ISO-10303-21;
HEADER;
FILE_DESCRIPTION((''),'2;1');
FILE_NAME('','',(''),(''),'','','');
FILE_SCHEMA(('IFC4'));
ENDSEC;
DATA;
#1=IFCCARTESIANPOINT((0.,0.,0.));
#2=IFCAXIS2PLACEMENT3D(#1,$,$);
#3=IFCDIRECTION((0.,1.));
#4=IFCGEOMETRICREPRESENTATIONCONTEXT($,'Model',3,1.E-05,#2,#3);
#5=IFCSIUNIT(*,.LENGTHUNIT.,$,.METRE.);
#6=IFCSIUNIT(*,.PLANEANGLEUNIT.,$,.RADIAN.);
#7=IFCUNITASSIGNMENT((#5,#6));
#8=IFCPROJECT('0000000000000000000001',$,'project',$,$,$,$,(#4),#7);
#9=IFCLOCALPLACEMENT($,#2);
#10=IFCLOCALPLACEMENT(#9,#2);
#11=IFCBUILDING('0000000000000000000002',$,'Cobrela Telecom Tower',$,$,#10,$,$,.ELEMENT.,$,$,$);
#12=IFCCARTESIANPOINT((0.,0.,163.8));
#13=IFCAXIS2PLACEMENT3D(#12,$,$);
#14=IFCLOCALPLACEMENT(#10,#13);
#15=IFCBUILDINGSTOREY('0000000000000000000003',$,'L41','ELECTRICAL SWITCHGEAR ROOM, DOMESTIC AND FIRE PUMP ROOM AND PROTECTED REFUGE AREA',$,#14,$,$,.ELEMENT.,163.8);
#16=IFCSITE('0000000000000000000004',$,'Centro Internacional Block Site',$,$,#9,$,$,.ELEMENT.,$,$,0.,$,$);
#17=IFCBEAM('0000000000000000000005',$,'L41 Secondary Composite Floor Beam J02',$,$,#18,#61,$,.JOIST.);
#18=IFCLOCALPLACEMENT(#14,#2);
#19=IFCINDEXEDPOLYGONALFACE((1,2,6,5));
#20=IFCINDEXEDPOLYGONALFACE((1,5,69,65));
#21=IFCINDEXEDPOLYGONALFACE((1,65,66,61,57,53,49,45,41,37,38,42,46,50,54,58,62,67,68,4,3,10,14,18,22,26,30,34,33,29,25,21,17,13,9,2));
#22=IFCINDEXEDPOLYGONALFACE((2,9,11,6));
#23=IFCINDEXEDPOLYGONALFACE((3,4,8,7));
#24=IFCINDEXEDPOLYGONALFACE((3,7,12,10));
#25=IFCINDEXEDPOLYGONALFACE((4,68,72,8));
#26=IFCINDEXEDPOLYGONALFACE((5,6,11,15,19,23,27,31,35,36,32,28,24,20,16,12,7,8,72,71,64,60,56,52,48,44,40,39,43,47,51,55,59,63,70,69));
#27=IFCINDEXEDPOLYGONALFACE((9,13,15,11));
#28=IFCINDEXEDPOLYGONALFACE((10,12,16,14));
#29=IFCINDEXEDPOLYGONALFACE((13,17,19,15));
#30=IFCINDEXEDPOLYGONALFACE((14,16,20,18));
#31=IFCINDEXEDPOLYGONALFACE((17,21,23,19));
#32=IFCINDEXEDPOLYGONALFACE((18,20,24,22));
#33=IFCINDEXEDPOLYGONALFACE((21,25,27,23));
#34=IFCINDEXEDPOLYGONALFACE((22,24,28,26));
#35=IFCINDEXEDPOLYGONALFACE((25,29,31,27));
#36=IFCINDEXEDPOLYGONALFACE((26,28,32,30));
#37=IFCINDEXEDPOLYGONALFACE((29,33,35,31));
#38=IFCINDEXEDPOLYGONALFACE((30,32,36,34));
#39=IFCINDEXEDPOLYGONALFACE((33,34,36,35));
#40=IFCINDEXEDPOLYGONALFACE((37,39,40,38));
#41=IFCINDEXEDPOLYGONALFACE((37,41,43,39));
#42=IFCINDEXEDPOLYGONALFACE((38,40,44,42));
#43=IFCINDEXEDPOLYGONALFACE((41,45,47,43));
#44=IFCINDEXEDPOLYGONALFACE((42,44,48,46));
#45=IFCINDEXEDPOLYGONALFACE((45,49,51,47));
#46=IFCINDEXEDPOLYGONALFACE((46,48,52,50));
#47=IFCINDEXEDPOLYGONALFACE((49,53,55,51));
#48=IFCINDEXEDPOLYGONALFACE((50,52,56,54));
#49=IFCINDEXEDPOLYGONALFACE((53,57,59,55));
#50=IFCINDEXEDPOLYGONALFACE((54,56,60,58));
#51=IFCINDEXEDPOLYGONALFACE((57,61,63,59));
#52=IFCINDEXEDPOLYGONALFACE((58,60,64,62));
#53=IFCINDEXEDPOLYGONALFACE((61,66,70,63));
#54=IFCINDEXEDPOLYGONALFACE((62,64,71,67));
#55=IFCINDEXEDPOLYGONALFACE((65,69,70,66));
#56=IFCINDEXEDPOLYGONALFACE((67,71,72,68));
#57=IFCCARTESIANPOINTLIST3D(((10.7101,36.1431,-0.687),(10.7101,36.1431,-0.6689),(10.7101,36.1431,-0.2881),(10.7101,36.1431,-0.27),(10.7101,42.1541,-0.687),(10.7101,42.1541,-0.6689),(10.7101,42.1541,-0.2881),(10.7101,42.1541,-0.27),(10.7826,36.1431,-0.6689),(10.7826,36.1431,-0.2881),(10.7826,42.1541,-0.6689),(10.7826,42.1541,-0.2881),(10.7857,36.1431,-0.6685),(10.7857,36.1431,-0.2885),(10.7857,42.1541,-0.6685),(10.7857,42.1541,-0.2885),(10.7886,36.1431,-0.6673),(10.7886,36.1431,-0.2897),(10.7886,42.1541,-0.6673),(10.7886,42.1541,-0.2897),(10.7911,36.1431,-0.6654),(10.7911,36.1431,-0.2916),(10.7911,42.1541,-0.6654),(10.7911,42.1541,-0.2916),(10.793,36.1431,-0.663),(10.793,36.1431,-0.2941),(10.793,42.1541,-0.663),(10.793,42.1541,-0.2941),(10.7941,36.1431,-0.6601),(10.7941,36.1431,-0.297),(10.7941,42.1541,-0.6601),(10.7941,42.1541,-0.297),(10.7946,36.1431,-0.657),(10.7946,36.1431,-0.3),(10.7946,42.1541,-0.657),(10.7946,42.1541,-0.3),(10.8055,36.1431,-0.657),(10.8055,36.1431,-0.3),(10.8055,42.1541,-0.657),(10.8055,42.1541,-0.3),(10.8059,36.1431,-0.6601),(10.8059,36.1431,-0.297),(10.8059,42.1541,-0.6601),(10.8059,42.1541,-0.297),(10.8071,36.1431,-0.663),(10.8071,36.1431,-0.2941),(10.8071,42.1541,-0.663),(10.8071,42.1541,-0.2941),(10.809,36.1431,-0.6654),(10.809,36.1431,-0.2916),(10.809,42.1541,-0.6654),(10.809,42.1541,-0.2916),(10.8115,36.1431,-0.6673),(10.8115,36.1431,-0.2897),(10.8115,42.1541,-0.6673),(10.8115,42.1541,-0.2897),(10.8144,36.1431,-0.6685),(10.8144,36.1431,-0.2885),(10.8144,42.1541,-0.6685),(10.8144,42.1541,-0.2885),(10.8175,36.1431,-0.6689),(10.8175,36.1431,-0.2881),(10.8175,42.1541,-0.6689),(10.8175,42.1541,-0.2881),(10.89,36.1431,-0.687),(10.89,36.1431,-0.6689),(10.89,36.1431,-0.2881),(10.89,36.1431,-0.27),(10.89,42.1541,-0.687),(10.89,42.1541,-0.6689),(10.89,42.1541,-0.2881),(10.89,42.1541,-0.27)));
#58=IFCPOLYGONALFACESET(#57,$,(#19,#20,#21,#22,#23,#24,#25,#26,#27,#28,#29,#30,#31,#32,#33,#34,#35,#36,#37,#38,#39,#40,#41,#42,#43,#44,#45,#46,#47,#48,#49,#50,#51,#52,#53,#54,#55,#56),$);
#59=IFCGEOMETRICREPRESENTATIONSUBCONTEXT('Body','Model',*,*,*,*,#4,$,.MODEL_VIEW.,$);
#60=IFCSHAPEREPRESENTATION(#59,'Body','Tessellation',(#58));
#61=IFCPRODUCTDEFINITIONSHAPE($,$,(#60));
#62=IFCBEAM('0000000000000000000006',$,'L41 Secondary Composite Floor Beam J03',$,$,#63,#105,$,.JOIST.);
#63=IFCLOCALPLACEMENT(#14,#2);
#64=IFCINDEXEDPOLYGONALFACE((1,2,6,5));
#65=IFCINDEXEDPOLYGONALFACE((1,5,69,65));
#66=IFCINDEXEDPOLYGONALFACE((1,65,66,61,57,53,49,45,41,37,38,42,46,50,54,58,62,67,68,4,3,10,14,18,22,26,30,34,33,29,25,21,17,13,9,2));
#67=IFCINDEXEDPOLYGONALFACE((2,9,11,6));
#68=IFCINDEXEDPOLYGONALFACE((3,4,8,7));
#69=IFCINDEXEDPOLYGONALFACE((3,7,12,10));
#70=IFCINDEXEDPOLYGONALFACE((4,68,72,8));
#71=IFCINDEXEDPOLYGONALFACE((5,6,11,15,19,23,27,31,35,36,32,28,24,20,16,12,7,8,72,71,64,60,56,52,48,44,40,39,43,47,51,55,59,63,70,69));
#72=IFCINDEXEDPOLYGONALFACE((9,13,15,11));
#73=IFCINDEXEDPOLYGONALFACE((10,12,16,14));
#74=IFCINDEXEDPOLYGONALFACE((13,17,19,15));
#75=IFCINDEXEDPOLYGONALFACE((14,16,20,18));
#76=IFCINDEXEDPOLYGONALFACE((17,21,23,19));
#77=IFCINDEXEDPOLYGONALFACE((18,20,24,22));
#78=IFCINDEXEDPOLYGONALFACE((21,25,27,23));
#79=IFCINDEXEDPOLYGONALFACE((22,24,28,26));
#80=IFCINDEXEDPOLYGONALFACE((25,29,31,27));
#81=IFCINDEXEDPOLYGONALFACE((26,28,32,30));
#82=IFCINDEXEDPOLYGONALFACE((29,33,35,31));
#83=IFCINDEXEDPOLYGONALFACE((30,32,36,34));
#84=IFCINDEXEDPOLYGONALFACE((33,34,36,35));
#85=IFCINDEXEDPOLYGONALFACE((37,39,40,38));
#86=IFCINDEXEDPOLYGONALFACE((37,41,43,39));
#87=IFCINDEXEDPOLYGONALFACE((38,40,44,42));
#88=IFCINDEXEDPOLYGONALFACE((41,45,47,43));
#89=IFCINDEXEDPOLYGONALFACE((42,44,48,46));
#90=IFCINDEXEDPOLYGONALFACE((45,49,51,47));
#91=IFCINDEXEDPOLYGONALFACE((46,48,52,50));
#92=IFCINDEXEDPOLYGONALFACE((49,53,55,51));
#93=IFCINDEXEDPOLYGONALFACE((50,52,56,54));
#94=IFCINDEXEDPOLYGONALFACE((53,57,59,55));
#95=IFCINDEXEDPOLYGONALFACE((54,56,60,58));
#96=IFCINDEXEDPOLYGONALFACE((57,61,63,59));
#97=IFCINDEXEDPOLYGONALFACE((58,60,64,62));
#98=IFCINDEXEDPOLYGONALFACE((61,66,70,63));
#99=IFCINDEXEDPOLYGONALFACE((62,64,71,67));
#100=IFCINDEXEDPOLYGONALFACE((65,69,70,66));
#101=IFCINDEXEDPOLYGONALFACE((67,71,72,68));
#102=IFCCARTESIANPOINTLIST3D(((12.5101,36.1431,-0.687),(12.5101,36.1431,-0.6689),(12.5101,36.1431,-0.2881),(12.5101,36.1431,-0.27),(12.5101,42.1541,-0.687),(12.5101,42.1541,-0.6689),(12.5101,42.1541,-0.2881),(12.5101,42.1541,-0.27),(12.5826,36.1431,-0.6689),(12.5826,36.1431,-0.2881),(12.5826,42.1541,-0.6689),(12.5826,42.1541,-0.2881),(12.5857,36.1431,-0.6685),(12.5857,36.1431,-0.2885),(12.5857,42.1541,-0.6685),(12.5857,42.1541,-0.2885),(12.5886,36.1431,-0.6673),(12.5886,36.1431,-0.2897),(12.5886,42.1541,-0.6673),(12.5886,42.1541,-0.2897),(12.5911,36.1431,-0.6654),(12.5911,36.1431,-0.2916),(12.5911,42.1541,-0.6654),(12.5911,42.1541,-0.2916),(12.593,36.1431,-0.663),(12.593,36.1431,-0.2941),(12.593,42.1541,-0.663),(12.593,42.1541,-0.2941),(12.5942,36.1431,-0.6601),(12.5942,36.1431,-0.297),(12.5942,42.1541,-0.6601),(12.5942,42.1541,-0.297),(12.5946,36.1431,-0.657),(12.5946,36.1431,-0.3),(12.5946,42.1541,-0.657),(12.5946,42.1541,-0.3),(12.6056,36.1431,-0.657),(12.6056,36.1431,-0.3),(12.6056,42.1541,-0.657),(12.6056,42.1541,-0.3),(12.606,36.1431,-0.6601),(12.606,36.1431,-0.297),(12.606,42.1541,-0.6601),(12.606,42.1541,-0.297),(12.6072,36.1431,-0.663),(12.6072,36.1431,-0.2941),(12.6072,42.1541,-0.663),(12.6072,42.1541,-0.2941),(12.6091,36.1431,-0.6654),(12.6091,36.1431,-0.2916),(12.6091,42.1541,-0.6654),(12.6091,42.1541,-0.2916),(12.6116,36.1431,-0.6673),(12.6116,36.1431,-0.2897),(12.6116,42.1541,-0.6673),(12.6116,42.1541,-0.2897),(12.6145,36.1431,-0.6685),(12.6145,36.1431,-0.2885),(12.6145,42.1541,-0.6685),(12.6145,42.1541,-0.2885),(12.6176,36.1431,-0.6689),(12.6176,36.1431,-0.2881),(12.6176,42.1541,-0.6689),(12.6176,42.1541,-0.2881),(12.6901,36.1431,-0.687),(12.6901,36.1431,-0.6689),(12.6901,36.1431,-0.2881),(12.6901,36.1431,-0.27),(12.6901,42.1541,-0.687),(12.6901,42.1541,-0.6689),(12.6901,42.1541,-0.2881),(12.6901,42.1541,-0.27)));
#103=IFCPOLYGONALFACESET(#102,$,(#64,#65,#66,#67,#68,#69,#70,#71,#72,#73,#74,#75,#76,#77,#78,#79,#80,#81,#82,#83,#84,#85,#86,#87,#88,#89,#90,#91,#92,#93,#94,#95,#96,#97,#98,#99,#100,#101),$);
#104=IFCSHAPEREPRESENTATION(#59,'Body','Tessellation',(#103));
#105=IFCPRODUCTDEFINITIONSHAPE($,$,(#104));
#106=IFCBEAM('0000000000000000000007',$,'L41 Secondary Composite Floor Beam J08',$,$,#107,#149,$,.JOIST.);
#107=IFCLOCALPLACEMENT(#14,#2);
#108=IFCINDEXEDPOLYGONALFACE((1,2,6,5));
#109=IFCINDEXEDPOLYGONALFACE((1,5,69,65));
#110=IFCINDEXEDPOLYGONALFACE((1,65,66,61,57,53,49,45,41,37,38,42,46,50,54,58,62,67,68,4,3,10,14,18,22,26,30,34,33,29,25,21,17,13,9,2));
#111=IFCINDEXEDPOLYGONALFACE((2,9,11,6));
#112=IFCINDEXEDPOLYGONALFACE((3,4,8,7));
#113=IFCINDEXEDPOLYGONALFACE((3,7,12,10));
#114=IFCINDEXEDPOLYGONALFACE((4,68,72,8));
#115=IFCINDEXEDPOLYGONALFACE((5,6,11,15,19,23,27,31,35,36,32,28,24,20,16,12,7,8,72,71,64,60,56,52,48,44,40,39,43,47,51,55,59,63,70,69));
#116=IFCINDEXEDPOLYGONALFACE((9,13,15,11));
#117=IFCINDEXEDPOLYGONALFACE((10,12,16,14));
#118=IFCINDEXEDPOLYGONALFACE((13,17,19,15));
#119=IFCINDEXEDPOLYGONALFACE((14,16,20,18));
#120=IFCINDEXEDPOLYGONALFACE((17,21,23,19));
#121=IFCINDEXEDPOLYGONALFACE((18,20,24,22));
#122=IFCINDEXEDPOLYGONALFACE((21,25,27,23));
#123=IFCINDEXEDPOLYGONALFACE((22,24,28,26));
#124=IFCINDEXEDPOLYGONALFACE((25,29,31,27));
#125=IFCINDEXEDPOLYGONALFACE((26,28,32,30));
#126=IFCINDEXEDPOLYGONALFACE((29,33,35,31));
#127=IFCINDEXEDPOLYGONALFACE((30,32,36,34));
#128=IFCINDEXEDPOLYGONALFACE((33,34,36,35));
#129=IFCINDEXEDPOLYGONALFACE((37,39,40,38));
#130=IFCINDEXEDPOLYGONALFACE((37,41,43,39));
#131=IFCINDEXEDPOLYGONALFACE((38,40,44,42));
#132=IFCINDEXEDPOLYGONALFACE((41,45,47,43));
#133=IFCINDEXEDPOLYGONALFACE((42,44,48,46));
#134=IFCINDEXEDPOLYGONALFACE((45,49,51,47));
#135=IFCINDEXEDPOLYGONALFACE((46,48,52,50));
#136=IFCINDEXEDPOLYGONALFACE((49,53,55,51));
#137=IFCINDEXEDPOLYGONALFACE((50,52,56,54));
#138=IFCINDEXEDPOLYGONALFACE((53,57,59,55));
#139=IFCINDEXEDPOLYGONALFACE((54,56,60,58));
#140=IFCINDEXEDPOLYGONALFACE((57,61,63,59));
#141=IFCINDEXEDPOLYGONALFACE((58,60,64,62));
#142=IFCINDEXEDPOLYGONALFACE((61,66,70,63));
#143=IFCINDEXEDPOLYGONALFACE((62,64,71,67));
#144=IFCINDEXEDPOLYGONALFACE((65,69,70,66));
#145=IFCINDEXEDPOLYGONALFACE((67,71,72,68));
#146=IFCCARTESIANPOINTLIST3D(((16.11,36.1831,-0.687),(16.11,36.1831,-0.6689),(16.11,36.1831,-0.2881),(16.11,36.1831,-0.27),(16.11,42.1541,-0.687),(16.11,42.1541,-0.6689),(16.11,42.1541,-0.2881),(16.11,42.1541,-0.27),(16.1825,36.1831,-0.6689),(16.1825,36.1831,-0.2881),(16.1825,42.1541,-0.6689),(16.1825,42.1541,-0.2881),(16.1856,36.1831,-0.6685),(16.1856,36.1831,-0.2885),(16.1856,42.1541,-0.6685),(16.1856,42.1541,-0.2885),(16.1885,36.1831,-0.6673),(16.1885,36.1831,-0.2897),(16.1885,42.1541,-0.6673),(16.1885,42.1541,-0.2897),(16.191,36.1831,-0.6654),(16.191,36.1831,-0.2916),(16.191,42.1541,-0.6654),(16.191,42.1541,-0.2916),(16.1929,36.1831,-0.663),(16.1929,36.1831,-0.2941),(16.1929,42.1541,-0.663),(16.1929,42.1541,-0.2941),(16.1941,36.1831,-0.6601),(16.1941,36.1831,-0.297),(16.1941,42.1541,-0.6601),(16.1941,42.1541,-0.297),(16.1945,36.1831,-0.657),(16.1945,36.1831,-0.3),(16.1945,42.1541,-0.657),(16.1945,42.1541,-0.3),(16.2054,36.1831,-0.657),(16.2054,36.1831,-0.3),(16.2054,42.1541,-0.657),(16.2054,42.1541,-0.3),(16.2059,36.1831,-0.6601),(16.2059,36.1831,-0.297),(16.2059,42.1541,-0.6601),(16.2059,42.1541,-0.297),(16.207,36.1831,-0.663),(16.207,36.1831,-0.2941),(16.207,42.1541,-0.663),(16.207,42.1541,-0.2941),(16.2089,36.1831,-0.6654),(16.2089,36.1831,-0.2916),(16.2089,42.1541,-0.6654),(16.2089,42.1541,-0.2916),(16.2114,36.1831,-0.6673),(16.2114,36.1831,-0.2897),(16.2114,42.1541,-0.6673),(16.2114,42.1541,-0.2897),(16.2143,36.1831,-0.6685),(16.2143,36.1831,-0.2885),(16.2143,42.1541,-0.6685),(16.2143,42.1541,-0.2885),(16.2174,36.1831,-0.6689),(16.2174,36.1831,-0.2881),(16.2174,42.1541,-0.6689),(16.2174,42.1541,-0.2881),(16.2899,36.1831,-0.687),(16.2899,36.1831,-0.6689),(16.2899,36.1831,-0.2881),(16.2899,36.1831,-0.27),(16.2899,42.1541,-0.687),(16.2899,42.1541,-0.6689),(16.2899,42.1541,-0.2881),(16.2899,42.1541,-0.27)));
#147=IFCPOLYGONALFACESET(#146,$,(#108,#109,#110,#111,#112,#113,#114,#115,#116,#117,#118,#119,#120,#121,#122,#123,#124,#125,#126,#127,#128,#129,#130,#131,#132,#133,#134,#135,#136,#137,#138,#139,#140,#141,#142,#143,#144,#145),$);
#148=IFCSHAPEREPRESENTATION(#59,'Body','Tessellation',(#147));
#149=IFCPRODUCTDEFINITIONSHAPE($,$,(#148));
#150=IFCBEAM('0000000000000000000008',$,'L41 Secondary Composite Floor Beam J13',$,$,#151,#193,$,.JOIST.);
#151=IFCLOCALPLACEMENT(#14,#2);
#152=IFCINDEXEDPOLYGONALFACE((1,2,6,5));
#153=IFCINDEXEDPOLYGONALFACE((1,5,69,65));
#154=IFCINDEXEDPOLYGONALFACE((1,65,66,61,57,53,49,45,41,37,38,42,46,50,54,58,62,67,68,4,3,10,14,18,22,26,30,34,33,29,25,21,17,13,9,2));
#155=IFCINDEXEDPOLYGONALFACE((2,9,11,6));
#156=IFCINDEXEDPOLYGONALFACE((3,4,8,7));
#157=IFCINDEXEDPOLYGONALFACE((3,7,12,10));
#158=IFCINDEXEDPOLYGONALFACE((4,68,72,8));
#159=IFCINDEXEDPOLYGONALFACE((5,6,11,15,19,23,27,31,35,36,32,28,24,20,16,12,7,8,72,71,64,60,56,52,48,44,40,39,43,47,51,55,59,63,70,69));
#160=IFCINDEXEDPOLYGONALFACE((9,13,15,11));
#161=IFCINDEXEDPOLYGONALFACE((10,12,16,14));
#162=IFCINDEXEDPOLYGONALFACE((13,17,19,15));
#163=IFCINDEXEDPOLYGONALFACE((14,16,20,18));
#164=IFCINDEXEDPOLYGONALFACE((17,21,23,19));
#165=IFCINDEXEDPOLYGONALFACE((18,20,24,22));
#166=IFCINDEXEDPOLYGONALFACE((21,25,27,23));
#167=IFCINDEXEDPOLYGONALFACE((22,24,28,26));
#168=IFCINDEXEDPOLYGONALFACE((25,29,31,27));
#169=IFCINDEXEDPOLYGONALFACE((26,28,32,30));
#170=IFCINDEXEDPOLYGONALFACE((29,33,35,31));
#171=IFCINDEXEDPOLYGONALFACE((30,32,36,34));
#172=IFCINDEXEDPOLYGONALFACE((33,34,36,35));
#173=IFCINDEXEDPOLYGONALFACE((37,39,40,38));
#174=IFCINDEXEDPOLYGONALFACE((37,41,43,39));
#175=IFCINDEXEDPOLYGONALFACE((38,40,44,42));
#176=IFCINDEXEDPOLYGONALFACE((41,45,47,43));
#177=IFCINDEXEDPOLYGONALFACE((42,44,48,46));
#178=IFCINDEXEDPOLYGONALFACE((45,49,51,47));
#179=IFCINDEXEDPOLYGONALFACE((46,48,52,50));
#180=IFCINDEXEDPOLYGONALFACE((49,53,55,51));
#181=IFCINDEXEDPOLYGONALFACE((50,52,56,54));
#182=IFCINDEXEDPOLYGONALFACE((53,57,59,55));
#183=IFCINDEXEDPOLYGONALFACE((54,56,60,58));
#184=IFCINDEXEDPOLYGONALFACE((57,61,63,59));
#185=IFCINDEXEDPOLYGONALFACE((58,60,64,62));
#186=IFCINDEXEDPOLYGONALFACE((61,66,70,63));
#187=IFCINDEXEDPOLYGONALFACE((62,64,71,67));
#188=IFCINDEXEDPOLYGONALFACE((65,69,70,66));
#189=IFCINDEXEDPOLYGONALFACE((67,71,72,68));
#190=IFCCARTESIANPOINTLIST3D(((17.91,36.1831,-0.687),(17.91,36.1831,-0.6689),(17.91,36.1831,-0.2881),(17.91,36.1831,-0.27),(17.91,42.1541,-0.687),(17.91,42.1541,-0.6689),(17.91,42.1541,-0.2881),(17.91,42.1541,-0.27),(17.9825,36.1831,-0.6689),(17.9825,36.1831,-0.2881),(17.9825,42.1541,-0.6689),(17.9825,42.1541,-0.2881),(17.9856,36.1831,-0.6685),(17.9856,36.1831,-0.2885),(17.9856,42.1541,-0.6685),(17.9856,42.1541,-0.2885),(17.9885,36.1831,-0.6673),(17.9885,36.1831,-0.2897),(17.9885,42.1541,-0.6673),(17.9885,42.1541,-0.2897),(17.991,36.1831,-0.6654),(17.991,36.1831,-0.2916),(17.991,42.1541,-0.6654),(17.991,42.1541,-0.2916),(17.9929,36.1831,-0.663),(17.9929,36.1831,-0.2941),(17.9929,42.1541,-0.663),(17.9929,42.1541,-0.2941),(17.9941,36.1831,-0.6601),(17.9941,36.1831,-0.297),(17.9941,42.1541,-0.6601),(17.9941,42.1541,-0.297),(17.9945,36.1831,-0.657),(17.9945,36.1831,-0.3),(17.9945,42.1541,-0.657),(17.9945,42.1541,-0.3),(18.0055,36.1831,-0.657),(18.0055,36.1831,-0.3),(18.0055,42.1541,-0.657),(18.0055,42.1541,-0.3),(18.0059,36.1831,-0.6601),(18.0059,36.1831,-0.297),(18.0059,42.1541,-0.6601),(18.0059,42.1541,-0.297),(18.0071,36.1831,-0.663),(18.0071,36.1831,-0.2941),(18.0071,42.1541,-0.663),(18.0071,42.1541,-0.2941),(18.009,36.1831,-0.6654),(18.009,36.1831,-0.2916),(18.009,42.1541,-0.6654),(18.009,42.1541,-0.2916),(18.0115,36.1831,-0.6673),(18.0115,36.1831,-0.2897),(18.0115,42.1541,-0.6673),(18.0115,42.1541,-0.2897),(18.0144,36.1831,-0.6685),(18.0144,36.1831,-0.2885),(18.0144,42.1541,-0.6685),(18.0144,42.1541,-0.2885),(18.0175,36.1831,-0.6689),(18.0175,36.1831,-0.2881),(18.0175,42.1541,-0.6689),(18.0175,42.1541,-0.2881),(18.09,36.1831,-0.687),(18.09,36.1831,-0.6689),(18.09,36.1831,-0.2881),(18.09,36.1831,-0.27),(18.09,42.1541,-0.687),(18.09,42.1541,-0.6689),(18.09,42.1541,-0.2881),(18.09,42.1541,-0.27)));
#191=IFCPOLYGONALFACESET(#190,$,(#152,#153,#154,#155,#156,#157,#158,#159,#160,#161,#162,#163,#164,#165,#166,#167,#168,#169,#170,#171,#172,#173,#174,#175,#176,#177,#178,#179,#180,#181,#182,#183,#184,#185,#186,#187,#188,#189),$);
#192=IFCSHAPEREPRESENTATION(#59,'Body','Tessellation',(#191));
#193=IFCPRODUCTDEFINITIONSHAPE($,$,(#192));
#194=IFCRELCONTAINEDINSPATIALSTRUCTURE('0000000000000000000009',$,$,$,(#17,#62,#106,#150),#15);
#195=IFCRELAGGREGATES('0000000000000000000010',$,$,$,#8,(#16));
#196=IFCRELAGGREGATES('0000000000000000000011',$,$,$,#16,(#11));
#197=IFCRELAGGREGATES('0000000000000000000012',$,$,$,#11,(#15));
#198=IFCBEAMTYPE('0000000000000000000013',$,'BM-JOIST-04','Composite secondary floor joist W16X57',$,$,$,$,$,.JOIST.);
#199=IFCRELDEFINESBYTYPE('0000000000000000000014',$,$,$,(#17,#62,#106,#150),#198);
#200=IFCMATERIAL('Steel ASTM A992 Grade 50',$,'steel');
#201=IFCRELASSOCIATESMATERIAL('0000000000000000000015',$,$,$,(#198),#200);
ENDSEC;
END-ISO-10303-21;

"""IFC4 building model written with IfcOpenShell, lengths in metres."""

from ifc_helpers import new_model, si_unit, direction, frame, origin, origin_2d, place, context, subcontext, project, spatial, i_section, extrude, material, material_profile, profile_set, type_object, element, save


model = new_model("IFC4")

# Units and contexts
model_context = context("Model", 3, precision=1e-05, world=origin(), true_north=direction((0.0, 1.0)))
body_context = subcontext(model_context, "Body", "Model", "MODEL_VIEW")
ifc_project = project(units=[si_unit("LENGTHUNIT", "METRE"), si_unit("PLANEANGLEUNIT", "RADIAN")], contexts=[model_context])

# Site, building, storey
site_placement = place(None, origin())
site = spatial("IfcSite", under=ifc_project, at=site_placement, Name="Centro Internacional Block Site", CompositionType="ELEMENT", RefElevation=0.0)
building_placement = place(site_placement, origin())
building = spatial("IfcBuilding", under=site, at=building_placement, Name="Cobrela Telecom Tower", CompositionType="ELEMENT")
storey_placement = place(building_placement, frame((0.0, 0.0, 163.8)))
storey = spatial("IfcBuildingStorey", under=building, at=storey_placement, Name="L41", Description="ELECTRICAL SWITCHGEAR ROOM, DOMESTIC AND FIRE PUMP ROOM AND PROTECTED REFUGE AREA", CompositionType="ELEMENT", Elevation=163.8)

# Beams
ifc_material_1 = material(Name="Steel ASTM A992 Grade 50", Category="steel")
ifc_material_profile_1 = material_profile(ifc_material_1, i_section(OverallWidth=0.1799, OverallDepth=0.417, WebThickness=0.011, FlangeThickness=0.0181, FilletRadius=0.012, at=origin_2d()), Name="W16X57")
ifc_profile_set_1 = profile_set([ifc_material_profile_1], Name="Steel ASTM A992 Grade 50")
beam_type_1 = type_object("IfcBeamType", Name="BM-JOIST-04", Description="Composite secondary floor joist W16X57", PredefinedType="JOIST", material=ifc_profile_set_1)
for number, where, z_axis, x_axis, name in (
    (1, (10.8, 36.1431, -0.4785), (0.0, 1.0, 0.0), (-1.0, 0.0, 0.0), "L41 Secondary Composite Floor Beam J02"),
    (2, (12.6001, 36.1431, -0.4785), (0.0, 1.0, 0.0), (-1.0, 0.0, 0.0), "L41 Secondary Composite Floor Beam J03"),
):
    element("IfcBeam", number, at=place(storey_placement, frame(where, z_axis=z_axis, x_axis=x_axis)), inside=storey, type_object=beam_type_1, Name=name, PredefinedType="JOIST", context=body_context, shape_type="SweptSolid", body=[
        extrude(i_section(OverallWidth=0.1799, OverallDepth=0.417, WebThickness=0.011, FlangeThickness=0.0181, FilletRadius=0.012, at=origin_2d()), origin(), (0.0, 0.0, 1.0), 6.011),
    ])
for number, where, z_axis, x_axis, name in (
    (3, (16.2, 36.1831, -0.4785), (0.0, 1.0, 0.0), (-1.0, 0.0, 0.0), "L41 Secondary Composite Floor Beam J08"),
    (4, (18.0, 36.1831, -0.4785), (0.0, 1.0, 0.0), (-1.0, 0.0, 0.0), "L41 Secondary Composite Floor Beam J13"),
):
    element("IfcBeam", number, at=place(storey_placement, frame(where, z_axis=z_axis, x_axis=x_axis)), inside=storey, type_object=beam_type_1, Name=name, PredefinedType="JOIST", context=body_context, shape_type="SweptSolid", body=[
        extrude(i_section(OverallWidth=0.1799, OverallDepth=0.417, WebThickness=0.011, FlangeThickness=0.0181, FilletRadius=0.012, at=origin_2d()), origin(), (0.0, 0.0, 1.0), 5.9709),
    ])

save(model, "model.ifc")
